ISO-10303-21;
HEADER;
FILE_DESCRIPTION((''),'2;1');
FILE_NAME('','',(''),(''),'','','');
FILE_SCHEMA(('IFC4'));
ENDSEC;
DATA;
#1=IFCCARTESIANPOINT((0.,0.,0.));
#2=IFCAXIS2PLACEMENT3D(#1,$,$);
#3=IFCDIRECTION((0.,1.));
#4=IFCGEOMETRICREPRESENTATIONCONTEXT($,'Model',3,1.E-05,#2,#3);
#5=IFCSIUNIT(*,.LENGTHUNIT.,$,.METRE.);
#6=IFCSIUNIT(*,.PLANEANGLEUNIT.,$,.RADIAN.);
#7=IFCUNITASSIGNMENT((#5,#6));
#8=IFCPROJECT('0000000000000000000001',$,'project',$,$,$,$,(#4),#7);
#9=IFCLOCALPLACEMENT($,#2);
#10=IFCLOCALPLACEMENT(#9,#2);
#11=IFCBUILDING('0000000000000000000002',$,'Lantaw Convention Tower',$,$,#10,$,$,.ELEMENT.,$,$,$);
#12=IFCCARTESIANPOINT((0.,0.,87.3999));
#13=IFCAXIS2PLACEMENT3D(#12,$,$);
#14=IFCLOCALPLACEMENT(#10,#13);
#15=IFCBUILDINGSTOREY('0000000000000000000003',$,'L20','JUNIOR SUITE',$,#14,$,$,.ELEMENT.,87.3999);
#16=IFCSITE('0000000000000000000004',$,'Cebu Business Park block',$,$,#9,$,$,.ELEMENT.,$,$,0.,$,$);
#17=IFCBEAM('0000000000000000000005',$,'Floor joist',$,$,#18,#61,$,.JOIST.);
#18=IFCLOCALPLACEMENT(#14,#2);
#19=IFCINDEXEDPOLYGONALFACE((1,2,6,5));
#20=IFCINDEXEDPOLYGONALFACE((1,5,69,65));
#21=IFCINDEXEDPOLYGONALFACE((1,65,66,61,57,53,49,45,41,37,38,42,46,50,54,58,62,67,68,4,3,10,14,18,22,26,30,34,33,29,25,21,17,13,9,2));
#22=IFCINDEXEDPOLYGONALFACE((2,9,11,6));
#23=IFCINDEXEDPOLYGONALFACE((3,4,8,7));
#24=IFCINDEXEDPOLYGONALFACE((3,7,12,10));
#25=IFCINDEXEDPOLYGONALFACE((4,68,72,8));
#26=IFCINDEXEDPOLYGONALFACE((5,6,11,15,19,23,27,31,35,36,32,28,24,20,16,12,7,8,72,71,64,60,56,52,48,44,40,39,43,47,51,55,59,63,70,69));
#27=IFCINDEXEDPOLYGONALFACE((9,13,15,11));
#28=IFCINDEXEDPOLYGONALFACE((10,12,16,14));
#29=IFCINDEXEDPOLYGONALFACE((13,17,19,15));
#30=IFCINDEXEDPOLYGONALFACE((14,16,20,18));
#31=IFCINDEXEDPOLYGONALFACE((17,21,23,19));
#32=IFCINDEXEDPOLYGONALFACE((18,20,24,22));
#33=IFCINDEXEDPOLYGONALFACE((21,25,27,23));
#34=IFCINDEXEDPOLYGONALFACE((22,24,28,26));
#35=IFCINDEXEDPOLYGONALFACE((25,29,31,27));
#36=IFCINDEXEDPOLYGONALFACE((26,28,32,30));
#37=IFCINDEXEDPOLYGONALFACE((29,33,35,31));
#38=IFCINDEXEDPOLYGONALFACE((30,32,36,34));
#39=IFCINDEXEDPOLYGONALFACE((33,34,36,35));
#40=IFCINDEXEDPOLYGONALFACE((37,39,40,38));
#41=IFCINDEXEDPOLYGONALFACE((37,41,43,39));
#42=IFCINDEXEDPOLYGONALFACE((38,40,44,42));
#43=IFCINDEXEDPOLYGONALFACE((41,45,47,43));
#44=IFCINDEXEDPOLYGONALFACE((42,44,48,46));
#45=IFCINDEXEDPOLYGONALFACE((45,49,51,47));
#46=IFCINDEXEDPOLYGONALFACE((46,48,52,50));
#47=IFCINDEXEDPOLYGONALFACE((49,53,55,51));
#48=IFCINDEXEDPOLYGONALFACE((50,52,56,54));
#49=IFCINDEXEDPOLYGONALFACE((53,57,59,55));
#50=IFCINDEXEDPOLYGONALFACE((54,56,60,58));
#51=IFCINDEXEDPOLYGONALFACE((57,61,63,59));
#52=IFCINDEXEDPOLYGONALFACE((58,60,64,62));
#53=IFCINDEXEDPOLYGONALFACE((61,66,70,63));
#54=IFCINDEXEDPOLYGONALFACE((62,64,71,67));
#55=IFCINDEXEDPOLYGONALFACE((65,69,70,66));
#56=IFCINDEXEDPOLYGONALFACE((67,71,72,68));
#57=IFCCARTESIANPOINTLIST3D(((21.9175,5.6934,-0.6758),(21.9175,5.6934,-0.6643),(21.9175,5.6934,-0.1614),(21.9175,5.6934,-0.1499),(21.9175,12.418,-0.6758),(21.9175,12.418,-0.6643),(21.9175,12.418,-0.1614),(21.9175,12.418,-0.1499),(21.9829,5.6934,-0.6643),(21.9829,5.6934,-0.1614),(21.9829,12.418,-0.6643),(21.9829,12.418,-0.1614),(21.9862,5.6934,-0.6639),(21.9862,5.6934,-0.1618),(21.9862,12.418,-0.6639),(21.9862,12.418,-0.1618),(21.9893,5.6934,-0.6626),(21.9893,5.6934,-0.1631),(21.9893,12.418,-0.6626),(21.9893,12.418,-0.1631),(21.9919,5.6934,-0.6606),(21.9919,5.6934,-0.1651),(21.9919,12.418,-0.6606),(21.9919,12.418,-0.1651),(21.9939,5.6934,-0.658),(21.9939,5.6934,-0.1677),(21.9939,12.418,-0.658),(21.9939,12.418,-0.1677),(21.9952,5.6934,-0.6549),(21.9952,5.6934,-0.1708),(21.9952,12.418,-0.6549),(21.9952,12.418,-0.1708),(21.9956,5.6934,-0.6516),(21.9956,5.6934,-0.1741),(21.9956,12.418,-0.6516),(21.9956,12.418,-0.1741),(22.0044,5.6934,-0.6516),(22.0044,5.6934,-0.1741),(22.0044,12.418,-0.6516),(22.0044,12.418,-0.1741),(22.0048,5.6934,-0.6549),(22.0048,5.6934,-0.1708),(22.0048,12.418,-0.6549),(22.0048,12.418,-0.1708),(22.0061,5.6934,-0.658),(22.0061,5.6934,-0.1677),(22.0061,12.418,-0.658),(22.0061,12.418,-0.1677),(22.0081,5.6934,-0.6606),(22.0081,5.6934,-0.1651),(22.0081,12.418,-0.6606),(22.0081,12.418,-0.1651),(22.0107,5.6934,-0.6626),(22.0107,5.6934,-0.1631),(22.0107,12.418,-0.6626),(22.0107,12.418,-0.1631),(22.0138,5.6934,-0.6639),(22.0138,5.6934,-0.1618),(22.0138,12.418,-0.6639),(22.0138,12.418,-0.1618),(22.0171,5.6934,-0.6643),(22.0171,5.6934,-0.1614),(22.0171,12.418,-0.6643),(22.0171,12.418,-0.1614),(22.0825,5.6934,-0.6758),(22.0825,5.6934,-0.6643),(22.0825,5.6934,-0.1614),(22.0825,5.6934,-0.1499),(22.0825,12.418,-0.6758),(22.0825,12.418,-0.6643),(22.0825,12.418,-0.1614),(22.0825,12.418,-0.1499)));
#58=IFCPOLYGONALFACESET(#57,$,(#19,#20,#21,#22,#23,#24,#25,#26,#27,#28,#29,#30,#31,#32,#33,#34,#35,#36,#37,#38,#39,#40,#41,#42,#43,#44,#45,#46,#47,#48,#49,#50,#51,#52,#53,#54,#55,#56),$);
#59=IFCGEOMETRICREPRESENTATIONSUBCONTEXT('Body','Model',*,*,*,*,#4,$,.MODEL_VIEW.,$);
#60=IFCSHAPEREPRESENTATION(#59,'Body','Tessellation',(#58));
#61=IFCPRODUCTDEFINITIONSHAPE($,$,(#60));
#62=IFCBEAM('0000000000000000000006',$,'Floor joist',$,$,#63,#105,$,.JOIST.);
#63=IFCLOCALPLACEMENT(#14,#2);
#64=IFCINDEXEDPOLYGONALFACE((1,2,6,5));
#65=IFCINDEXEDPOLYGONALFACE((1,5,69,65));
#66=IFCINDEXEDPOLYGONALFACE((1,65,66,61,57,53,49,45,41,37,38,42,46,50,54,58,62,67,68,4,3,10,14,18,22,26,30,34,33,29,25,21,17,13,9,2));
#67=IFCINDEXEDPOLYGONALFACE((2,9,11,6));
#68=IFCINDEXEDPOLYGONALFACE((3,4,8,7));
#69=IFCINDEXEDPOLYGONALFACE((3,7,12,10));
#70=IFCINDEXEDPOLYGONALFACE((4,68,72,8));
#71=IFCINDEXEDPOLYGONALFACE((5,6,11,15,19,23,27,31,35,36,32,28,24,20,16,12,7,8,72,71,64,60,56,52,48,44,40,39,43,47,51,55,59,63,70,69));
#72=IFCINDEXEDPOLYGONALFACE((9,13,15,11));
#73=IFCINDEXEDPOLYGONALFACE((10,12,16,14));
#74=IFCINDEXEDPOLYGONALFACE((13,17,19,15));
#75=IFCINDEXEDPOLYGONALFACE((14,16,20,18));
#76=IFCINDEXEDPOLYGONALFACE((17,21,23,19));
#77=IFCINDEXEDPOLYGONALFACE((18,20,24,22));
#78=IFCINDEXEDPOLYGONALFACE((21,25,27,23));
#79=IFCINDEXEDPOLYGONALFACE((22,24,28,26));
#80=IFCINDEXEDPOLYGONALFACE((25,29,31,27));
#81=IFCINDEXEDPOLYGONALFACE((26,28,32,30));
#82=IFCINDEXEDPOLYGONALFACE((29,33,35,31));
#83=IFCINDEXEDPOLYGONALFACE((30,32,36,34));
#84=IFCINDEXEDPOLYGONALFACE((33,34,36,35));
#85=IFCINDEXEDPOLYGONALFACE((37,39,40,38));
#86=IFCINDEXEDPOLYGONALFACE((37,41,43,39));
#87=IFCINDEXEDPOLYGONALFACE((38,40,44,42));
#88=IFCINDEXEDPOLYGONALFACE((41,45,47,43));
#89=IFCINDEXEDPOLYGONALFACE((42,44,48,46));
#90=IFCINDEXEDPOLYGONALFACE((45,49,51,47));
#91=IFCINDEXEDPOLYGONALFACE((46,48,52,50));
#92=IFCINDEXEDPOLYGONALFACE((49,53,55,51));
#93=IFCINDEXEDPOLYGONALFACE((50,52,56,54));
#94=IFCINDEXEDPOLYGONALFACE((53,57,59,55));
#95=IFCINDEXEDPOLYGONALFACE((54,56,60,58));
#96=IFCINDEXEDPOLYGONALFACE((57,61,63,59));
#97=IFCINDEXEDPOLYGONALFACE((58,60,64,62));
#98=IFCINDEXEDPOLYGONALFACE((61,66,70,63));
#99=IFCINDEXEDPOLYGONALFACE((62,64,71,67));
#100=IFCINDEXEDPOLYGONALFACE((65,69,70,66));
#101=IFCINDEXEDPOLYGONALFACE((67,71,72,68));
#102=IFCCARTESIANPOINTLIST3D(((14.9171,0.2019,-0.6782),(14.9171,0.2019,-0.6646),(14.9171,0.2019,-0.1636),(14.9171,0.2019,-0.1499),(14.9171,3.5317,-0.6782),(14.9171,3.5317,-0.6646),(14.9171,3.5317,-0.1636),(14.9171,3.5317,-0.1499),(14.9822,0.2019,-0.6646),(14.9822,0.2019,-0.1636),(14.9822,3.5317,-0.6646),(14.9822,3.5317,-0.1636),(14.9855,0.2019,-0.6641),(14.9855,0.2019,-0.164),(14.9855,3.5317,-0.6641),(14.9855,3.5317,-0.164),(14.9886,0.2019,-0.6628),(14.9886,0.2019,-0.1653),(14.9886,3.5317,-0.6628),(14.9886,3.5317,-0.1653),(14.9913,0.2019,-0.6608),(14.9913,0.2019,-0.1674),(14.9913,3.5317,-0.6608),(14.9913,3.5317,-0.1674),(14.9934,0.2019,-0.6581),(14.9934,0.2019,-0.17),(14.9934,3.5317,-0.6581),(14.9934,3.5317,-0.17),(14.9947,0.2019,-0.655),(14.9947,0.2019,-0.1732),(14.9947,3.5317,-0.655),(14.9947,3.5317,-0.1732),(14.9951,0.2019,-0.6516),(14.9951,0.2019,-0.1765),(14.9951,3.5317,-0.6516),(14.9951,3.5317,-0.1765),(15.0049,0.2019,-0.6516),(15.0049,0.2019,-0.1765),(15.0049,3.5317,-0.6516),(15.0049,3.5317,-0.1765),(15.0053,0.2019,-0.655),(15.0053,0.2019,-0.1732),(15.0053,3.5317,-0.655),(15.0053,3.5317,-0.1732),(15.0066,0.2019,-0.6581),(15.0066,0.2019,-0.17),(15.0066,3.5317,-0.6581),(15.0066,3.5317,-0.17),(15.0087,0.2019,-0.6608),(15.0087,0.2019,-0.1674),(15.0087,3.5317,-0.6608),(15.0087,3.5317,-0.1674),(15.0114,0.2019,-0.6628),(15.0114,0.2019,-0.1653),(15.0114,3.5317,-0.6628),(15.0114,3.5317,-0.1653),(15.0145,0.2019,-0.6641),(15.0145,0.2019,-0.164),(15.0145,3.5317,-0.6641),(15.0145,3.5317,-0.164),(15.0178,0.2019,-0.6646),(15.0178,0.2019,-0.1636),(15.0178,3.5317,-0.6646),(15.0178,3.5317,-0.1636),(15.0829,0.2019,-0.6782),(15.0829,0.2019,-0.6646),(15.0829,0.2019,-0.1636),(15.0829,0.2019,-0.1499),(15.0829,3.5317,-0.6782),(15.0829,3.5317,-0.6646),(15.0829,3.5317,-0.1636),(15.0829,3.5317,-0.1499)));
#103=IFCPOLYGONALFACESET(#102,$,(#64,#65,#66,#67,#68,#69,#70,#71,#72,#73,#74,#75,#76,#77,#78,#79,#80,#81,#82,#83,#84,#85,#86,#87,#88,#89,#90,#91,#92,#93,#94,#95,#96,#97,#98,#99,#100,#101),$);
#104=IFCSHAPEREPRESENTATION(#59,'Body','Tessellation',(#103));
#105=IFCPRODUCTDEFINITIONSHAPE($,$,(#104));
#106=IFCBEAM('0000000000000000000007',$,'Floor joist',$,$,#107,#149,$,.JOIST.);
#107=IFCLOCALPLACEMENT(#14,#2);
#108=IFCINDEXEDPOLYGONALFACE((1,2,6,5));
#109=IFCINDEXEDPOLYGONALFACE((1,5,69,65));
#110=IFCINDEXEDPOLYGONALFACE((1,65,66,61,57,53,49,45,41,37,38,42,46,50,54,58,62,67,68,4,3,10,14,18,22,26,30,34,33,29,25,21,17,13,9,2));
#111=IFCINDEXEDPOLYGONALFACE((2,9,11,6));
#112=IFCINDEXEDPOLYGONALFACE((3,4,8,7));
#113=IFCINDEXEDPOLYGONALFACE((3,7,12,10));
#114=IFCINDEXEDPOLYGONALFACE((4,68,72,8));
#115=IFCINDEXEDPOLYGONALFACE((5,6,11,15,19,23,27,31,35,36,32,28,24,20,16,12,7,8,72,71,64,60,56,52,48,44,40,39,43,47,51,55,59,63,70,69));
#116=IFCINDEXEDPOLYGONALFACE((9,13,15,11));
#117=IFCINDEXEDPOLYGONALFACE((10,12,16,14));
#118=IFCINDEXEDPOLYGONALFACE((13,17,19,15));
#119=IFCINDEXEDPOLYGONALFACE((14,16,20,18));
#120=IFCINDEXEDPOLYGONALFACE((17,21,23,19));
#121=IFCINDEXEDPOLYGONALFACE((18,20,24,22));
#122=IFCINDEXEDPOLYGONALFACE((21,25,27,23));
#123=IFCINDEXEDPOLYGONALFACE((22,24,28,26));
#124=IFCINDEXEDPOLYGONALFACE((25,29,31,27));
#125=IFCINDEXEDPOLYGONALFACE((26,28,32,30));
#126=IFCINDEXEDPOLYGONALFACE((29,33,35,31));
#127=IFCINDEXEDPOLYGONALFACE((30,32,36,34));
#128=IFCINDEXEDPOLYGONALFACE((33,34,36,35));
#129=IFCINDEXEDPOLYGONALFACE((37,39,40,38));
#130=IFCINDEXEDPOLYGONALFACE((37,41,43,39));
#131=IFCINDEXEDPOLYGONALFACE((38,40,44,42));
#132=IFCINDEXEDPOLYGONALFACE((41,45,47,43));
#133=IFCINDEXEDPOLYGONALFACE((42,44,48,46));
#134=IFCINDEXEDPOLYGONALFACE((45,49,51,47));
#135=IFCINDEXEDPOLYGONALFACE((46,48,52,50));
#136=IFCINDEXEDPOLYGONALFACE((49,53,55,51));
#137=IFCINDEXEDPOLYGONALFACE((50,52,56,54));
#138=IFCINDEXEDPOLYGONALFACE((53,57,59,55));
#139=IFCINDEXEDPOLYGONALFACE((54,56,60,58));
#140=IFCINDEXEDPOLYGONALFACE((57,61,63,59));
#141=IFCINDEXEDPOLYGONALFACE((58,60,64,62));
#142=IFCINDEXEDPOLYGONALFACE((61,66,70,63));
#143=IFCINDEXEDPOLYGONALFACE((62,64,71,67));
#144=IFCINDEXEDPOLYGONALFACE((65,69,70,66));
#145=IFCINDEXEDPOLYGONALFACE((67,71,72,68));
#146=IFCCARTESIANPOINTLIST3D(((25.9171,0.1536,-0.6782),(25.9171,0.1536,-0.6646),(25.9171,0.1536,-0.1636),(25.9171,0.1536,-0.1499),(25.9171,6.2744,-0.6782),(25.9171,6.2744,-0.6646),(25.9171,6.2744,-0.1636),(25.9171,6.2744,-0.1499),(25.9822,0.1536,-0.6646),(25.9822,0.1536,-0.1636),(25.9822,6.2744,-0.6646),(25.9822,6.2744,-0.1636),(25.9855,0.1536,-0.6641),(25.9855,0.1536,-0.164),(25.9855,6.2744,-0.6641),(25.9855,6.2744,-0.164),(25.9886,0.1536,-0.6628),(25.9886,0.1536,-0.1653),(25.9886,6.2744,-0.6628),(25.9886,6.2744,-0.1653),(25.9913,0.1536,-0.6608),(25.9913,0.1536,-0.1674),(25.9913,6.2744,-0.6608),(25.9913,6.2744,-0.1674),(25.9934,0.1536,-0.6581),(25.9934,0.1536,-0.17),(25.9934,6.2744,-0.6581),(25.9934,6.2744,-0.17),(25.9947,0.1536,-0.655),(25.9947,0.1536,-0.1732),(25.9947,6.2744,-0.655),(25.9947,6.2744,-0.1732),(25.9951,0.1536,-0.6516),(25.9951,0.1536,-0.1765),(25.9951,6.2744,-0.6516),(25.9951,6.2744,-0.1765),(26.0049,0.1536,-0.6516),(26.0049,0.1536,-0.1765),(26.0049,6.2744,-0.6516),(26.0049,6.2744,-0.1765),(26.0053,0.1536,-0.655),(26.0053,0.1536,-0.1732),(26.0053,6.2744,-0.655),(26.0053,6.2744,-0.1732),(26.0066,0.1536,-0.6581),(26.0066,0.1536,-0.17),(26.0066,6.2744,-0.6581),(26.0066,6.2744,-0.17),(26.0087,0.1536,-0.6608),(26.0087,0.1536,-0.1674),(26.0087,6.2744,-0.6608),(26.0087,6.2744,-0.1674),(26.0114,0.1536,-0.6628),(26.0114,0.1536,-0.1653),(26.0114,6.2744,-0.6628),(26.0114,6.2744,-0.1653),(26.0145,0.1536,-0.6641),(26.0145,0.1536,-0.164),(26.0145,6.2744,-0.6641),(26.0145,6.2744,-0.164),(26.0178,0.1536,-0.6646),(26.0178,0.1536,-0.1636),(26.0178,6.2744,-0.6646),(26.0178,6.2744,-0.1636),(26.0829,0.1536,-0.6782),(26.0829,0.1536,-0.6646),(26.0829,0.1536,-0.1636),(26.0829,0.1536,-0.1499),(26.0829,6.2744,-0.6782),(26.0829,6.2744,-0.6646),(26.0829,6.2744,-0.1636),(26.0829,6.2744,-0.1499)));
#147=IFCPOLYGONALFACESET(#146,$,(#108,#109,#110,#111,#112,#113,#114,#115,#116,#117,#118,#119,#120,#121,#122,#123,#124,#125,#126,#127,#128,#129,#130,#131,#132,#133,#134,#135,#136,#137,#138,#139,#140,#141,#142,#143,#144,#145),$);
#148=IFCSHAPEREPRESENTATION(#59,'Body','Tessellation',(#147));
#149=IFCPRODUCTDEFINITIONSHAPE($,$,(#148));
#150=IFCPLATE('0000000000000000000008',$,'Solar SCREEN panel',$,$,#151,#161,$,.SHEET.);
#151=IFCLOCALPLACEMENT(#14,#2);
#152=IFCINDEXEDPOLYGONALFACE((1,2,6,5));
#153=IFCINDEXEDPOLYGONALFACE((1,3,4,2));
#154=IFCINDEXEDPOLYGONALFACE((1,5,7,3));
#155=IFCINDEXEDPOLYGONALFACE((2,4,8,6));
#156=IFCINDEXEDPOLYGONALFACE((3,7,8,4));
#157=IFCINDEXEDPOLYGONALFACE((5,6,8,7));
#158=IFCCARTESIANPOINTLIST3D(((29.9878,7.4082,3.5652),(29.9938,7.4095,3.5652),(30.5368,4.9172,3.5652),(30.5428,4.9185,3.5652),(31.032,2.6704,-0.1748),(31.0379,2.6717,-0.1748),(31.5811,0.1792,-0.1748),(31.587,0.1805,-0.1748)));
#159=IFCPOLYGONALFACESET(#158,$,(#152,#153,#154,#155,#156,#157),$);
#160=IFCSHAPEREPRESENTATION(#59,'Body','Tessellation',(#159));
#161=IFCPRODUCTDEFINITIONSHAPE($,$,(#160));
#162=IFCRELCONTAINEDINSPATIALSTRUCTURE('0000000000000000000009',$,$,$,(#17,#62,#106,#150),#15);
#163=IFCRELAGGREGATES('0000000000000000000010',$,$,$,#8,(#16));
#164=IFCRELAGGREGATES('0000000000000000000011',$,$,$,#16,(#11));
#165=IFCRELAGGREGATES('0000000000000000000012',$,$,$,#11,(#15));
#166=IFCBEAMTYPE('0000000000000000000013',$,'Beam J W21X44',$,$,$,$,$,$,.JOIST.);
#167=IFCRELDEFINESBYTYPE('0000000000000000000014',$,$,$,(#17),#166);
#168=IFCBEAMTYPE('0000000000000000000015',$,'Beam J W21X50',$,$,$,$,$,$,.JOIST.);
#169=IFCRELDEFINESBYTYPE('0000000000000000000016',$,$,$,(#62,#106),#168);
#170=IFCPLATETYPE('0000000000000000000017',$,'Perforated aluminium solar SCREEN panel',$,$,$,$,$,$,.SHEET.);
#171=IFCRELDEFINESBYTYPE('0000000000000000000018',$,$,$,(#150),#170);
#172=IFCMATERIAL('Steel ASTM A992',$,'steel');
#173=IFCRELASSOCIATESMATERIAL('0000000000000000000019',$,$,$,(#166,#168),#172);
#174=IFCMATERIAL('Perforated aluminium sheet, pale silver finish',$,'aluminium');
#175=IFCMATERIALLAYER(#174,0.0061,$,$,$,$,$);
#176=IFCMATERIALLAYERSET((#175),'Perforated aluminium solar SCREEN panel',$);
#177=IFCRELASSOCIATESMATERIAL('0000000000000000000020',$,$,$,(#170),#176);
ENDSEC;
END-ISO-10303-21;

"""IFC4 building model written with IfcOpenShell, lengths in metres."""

from ifc_helpers import new_model, si_unit, direction, frame, origin, origin_2d, place, context, subcontext, project, spatial, polyline, i_section, outline, extrude, material, layer, layer_set, material_profile, profile_set, type_object, element, save


model = new_model("IFC4")

# Units and contexts
model_context = context("Model", 3, precision=1e-05, world=origin(), true_north=direction((0.0, 1.0)))
body_context = subcontext(model_context, "Body", "Model", "MODEL_VIEW")
ifc_project = project(units=[si_unit("LENGTHUNIT", "METRE"), si_unit("PLANEANGLEUNIT", "RADIAN")], contexts=[model_context])

# Site, building, storey
site_placement = place(None, origin())
site = spatial("IfcSite", under=ifc_project, at=site_placement, Name="Cebu Business Park block", CompositionType="ELEMENT", RefElevation=0.0)
building_placement = place(site_placement, origin())
building = spatial("IfcBuilding", under=site, at=building_placement, Name="Lantaw Convention Tower", CompositionType="ELEMENT")
storey_placement = place(building_placement, frame((0.0, 0.0, 87.3999)))
storey = spatial("IfcBuildingStorey", under=building, at=storey_placement, Name="L20", Description="JUNIOR SUITE", CompositionType="ELEMENT", Elevation=87.3999)

# Beams
ifc_material_1 = material(Name="Steel ASTM A992", Category="steel")
ifc_material_profile_1 = material_profile(ifc_material_1, i_section(OverallWidth=0.165, OverallDepth=0.5259, WebThickness=0.0088, FlangeThickness=0.0115, FilletRadius=0.0127, at=origin_2d()), Name="W21X44")
ifc_profile_set_1 = profile_set([ifc_material_profile_1], Name="Steel ASTM A992")
beam_type_1 = type_object("IfcBeamType", Name="Beam J W21X44", PredefinedType="JOIST", material=ifc_profile_set_1)
beam_1_placement = place(storey_placement, frame((22.0, 5.6934, -0.4128), z_axis=(0.0, 1.0, 0.0), x_axis=(-1.0, 0.0, 0.0)))
element("IfcBeam", 1, at=beam_1_placement, inside=storey, type_object=beam_type_1, Name="Floor joist", PredefinedType="JOIST", context=body_context, shape_type="SweptSolid", body=[
    extrude(i_section(OverallWidth=0.165, OverallDepth=0.5259, WebThickness=0.0088, FlangeThickness=0.0115, FilletRadius=0.0127, at=origin_2d()), origin(), (0.0, 0.0, 1.0), 6.7246),
])
ifc_material_profile_2 = material_profile(ifc_material_1, i_section(OverallWidth=0.1658, OverallDepth=0.5283, WebThickness=0.0098, FlangeThickness=0.0137, FilletRadius=0.0129, at=origin_2d()), Name="W21X50")
ifc_profile_set_2 = profile_set([ifc_material_profile_2], Name="Steel ASTM A992")
beam_type_2 = type_object("IfcBeamType", Name="Beam J W21X50", PredefinedType="JOIST", material=ifc_profile_set_2)
beam_2_placement = place(storey_placement, frame((15.0, 0.2019, -0.4141), z_axis=(0.0, 1.0, 0.0), x_axis=(-1.0, 0.0, 0.0)))
element("IfcBeam", 2, at=beam_2_placement, inside=storey, type_object=beam_type_2, Name="Floor joist", PredefinedType="JOIST", context=body_context, shape_type="SweptSolid", body=[
    extrude(i_section(OverallWidth=0.1658, OverallDepth=0.5283, WebThickness=0.0098, FlangeThickness=0.0137, FilletRadius=0.0129, at=origin_2d()), origin(), (0.0, 0.0, 1.0), 3.3298),
])
beam_3_placement = place(storey_placement, frame((26.0, 0.1536, -0.4141), z_axis=(0.0, 1.0, 0.0), x_axis=(-1.0, 0.0, 0.0)))
element("IfcBeam", 3, at=beam_3_placement, inside=storey, type_object=beam_type_2, Name="Floor joist", PredefinedType="JOIST", context=body_context, shape_type="SweptSolid", body=[
    extrude(i_section(OverallWidth=0.1658, OverallDepth=0.5283, WebThickness=0.0098, FlangeThickness=0.0137, FilletRadius=0.0129, at=origin_2d()), origin(), (0.0, 0.0, 1.0), 6.1208),
])

# Plate
ifc_material_2 = material(Name="Perforated aluminium sheet, pale silver finish", Category="aluminium")
ifc_layer_1 = layer(ifc_material_2, 0.0061)
ifc_layer_set_1 = layer_set([ifc_layer_1], Name="Perforated aluminium solar SCREEN panel")
plate_type = type_object("IfcPlateType", Name="Perforated aluminium solar SCREEN panel", PredefinedType="SHEET", material=ifc_layer_set_1)
plate_placement = place(storey_placement, frame((31.5811, 0.1792, -0.1748), z_axis=(-0.976559, -0.215248, 0.00003), x_axis=(-0.215248, 0.976559, 0.0)))
element("IfcPlate", 4, at=plate_placement, inside=storey, type_object=plate_type, Name="Solar SCREEN panel", PredefinedType="SHEET", context=body_context, shape_type="SweptSolid", body=[
    extrude(outline(polyline([(0.0, 0.0), (2.551, 0.0), (7.4025, -3.74), (4.8517, -3.74), (0.0, 0.0)])), origin(), (0.0, 0.0, -1.0), 0.0061),
])

save(model, "model.ifc")
